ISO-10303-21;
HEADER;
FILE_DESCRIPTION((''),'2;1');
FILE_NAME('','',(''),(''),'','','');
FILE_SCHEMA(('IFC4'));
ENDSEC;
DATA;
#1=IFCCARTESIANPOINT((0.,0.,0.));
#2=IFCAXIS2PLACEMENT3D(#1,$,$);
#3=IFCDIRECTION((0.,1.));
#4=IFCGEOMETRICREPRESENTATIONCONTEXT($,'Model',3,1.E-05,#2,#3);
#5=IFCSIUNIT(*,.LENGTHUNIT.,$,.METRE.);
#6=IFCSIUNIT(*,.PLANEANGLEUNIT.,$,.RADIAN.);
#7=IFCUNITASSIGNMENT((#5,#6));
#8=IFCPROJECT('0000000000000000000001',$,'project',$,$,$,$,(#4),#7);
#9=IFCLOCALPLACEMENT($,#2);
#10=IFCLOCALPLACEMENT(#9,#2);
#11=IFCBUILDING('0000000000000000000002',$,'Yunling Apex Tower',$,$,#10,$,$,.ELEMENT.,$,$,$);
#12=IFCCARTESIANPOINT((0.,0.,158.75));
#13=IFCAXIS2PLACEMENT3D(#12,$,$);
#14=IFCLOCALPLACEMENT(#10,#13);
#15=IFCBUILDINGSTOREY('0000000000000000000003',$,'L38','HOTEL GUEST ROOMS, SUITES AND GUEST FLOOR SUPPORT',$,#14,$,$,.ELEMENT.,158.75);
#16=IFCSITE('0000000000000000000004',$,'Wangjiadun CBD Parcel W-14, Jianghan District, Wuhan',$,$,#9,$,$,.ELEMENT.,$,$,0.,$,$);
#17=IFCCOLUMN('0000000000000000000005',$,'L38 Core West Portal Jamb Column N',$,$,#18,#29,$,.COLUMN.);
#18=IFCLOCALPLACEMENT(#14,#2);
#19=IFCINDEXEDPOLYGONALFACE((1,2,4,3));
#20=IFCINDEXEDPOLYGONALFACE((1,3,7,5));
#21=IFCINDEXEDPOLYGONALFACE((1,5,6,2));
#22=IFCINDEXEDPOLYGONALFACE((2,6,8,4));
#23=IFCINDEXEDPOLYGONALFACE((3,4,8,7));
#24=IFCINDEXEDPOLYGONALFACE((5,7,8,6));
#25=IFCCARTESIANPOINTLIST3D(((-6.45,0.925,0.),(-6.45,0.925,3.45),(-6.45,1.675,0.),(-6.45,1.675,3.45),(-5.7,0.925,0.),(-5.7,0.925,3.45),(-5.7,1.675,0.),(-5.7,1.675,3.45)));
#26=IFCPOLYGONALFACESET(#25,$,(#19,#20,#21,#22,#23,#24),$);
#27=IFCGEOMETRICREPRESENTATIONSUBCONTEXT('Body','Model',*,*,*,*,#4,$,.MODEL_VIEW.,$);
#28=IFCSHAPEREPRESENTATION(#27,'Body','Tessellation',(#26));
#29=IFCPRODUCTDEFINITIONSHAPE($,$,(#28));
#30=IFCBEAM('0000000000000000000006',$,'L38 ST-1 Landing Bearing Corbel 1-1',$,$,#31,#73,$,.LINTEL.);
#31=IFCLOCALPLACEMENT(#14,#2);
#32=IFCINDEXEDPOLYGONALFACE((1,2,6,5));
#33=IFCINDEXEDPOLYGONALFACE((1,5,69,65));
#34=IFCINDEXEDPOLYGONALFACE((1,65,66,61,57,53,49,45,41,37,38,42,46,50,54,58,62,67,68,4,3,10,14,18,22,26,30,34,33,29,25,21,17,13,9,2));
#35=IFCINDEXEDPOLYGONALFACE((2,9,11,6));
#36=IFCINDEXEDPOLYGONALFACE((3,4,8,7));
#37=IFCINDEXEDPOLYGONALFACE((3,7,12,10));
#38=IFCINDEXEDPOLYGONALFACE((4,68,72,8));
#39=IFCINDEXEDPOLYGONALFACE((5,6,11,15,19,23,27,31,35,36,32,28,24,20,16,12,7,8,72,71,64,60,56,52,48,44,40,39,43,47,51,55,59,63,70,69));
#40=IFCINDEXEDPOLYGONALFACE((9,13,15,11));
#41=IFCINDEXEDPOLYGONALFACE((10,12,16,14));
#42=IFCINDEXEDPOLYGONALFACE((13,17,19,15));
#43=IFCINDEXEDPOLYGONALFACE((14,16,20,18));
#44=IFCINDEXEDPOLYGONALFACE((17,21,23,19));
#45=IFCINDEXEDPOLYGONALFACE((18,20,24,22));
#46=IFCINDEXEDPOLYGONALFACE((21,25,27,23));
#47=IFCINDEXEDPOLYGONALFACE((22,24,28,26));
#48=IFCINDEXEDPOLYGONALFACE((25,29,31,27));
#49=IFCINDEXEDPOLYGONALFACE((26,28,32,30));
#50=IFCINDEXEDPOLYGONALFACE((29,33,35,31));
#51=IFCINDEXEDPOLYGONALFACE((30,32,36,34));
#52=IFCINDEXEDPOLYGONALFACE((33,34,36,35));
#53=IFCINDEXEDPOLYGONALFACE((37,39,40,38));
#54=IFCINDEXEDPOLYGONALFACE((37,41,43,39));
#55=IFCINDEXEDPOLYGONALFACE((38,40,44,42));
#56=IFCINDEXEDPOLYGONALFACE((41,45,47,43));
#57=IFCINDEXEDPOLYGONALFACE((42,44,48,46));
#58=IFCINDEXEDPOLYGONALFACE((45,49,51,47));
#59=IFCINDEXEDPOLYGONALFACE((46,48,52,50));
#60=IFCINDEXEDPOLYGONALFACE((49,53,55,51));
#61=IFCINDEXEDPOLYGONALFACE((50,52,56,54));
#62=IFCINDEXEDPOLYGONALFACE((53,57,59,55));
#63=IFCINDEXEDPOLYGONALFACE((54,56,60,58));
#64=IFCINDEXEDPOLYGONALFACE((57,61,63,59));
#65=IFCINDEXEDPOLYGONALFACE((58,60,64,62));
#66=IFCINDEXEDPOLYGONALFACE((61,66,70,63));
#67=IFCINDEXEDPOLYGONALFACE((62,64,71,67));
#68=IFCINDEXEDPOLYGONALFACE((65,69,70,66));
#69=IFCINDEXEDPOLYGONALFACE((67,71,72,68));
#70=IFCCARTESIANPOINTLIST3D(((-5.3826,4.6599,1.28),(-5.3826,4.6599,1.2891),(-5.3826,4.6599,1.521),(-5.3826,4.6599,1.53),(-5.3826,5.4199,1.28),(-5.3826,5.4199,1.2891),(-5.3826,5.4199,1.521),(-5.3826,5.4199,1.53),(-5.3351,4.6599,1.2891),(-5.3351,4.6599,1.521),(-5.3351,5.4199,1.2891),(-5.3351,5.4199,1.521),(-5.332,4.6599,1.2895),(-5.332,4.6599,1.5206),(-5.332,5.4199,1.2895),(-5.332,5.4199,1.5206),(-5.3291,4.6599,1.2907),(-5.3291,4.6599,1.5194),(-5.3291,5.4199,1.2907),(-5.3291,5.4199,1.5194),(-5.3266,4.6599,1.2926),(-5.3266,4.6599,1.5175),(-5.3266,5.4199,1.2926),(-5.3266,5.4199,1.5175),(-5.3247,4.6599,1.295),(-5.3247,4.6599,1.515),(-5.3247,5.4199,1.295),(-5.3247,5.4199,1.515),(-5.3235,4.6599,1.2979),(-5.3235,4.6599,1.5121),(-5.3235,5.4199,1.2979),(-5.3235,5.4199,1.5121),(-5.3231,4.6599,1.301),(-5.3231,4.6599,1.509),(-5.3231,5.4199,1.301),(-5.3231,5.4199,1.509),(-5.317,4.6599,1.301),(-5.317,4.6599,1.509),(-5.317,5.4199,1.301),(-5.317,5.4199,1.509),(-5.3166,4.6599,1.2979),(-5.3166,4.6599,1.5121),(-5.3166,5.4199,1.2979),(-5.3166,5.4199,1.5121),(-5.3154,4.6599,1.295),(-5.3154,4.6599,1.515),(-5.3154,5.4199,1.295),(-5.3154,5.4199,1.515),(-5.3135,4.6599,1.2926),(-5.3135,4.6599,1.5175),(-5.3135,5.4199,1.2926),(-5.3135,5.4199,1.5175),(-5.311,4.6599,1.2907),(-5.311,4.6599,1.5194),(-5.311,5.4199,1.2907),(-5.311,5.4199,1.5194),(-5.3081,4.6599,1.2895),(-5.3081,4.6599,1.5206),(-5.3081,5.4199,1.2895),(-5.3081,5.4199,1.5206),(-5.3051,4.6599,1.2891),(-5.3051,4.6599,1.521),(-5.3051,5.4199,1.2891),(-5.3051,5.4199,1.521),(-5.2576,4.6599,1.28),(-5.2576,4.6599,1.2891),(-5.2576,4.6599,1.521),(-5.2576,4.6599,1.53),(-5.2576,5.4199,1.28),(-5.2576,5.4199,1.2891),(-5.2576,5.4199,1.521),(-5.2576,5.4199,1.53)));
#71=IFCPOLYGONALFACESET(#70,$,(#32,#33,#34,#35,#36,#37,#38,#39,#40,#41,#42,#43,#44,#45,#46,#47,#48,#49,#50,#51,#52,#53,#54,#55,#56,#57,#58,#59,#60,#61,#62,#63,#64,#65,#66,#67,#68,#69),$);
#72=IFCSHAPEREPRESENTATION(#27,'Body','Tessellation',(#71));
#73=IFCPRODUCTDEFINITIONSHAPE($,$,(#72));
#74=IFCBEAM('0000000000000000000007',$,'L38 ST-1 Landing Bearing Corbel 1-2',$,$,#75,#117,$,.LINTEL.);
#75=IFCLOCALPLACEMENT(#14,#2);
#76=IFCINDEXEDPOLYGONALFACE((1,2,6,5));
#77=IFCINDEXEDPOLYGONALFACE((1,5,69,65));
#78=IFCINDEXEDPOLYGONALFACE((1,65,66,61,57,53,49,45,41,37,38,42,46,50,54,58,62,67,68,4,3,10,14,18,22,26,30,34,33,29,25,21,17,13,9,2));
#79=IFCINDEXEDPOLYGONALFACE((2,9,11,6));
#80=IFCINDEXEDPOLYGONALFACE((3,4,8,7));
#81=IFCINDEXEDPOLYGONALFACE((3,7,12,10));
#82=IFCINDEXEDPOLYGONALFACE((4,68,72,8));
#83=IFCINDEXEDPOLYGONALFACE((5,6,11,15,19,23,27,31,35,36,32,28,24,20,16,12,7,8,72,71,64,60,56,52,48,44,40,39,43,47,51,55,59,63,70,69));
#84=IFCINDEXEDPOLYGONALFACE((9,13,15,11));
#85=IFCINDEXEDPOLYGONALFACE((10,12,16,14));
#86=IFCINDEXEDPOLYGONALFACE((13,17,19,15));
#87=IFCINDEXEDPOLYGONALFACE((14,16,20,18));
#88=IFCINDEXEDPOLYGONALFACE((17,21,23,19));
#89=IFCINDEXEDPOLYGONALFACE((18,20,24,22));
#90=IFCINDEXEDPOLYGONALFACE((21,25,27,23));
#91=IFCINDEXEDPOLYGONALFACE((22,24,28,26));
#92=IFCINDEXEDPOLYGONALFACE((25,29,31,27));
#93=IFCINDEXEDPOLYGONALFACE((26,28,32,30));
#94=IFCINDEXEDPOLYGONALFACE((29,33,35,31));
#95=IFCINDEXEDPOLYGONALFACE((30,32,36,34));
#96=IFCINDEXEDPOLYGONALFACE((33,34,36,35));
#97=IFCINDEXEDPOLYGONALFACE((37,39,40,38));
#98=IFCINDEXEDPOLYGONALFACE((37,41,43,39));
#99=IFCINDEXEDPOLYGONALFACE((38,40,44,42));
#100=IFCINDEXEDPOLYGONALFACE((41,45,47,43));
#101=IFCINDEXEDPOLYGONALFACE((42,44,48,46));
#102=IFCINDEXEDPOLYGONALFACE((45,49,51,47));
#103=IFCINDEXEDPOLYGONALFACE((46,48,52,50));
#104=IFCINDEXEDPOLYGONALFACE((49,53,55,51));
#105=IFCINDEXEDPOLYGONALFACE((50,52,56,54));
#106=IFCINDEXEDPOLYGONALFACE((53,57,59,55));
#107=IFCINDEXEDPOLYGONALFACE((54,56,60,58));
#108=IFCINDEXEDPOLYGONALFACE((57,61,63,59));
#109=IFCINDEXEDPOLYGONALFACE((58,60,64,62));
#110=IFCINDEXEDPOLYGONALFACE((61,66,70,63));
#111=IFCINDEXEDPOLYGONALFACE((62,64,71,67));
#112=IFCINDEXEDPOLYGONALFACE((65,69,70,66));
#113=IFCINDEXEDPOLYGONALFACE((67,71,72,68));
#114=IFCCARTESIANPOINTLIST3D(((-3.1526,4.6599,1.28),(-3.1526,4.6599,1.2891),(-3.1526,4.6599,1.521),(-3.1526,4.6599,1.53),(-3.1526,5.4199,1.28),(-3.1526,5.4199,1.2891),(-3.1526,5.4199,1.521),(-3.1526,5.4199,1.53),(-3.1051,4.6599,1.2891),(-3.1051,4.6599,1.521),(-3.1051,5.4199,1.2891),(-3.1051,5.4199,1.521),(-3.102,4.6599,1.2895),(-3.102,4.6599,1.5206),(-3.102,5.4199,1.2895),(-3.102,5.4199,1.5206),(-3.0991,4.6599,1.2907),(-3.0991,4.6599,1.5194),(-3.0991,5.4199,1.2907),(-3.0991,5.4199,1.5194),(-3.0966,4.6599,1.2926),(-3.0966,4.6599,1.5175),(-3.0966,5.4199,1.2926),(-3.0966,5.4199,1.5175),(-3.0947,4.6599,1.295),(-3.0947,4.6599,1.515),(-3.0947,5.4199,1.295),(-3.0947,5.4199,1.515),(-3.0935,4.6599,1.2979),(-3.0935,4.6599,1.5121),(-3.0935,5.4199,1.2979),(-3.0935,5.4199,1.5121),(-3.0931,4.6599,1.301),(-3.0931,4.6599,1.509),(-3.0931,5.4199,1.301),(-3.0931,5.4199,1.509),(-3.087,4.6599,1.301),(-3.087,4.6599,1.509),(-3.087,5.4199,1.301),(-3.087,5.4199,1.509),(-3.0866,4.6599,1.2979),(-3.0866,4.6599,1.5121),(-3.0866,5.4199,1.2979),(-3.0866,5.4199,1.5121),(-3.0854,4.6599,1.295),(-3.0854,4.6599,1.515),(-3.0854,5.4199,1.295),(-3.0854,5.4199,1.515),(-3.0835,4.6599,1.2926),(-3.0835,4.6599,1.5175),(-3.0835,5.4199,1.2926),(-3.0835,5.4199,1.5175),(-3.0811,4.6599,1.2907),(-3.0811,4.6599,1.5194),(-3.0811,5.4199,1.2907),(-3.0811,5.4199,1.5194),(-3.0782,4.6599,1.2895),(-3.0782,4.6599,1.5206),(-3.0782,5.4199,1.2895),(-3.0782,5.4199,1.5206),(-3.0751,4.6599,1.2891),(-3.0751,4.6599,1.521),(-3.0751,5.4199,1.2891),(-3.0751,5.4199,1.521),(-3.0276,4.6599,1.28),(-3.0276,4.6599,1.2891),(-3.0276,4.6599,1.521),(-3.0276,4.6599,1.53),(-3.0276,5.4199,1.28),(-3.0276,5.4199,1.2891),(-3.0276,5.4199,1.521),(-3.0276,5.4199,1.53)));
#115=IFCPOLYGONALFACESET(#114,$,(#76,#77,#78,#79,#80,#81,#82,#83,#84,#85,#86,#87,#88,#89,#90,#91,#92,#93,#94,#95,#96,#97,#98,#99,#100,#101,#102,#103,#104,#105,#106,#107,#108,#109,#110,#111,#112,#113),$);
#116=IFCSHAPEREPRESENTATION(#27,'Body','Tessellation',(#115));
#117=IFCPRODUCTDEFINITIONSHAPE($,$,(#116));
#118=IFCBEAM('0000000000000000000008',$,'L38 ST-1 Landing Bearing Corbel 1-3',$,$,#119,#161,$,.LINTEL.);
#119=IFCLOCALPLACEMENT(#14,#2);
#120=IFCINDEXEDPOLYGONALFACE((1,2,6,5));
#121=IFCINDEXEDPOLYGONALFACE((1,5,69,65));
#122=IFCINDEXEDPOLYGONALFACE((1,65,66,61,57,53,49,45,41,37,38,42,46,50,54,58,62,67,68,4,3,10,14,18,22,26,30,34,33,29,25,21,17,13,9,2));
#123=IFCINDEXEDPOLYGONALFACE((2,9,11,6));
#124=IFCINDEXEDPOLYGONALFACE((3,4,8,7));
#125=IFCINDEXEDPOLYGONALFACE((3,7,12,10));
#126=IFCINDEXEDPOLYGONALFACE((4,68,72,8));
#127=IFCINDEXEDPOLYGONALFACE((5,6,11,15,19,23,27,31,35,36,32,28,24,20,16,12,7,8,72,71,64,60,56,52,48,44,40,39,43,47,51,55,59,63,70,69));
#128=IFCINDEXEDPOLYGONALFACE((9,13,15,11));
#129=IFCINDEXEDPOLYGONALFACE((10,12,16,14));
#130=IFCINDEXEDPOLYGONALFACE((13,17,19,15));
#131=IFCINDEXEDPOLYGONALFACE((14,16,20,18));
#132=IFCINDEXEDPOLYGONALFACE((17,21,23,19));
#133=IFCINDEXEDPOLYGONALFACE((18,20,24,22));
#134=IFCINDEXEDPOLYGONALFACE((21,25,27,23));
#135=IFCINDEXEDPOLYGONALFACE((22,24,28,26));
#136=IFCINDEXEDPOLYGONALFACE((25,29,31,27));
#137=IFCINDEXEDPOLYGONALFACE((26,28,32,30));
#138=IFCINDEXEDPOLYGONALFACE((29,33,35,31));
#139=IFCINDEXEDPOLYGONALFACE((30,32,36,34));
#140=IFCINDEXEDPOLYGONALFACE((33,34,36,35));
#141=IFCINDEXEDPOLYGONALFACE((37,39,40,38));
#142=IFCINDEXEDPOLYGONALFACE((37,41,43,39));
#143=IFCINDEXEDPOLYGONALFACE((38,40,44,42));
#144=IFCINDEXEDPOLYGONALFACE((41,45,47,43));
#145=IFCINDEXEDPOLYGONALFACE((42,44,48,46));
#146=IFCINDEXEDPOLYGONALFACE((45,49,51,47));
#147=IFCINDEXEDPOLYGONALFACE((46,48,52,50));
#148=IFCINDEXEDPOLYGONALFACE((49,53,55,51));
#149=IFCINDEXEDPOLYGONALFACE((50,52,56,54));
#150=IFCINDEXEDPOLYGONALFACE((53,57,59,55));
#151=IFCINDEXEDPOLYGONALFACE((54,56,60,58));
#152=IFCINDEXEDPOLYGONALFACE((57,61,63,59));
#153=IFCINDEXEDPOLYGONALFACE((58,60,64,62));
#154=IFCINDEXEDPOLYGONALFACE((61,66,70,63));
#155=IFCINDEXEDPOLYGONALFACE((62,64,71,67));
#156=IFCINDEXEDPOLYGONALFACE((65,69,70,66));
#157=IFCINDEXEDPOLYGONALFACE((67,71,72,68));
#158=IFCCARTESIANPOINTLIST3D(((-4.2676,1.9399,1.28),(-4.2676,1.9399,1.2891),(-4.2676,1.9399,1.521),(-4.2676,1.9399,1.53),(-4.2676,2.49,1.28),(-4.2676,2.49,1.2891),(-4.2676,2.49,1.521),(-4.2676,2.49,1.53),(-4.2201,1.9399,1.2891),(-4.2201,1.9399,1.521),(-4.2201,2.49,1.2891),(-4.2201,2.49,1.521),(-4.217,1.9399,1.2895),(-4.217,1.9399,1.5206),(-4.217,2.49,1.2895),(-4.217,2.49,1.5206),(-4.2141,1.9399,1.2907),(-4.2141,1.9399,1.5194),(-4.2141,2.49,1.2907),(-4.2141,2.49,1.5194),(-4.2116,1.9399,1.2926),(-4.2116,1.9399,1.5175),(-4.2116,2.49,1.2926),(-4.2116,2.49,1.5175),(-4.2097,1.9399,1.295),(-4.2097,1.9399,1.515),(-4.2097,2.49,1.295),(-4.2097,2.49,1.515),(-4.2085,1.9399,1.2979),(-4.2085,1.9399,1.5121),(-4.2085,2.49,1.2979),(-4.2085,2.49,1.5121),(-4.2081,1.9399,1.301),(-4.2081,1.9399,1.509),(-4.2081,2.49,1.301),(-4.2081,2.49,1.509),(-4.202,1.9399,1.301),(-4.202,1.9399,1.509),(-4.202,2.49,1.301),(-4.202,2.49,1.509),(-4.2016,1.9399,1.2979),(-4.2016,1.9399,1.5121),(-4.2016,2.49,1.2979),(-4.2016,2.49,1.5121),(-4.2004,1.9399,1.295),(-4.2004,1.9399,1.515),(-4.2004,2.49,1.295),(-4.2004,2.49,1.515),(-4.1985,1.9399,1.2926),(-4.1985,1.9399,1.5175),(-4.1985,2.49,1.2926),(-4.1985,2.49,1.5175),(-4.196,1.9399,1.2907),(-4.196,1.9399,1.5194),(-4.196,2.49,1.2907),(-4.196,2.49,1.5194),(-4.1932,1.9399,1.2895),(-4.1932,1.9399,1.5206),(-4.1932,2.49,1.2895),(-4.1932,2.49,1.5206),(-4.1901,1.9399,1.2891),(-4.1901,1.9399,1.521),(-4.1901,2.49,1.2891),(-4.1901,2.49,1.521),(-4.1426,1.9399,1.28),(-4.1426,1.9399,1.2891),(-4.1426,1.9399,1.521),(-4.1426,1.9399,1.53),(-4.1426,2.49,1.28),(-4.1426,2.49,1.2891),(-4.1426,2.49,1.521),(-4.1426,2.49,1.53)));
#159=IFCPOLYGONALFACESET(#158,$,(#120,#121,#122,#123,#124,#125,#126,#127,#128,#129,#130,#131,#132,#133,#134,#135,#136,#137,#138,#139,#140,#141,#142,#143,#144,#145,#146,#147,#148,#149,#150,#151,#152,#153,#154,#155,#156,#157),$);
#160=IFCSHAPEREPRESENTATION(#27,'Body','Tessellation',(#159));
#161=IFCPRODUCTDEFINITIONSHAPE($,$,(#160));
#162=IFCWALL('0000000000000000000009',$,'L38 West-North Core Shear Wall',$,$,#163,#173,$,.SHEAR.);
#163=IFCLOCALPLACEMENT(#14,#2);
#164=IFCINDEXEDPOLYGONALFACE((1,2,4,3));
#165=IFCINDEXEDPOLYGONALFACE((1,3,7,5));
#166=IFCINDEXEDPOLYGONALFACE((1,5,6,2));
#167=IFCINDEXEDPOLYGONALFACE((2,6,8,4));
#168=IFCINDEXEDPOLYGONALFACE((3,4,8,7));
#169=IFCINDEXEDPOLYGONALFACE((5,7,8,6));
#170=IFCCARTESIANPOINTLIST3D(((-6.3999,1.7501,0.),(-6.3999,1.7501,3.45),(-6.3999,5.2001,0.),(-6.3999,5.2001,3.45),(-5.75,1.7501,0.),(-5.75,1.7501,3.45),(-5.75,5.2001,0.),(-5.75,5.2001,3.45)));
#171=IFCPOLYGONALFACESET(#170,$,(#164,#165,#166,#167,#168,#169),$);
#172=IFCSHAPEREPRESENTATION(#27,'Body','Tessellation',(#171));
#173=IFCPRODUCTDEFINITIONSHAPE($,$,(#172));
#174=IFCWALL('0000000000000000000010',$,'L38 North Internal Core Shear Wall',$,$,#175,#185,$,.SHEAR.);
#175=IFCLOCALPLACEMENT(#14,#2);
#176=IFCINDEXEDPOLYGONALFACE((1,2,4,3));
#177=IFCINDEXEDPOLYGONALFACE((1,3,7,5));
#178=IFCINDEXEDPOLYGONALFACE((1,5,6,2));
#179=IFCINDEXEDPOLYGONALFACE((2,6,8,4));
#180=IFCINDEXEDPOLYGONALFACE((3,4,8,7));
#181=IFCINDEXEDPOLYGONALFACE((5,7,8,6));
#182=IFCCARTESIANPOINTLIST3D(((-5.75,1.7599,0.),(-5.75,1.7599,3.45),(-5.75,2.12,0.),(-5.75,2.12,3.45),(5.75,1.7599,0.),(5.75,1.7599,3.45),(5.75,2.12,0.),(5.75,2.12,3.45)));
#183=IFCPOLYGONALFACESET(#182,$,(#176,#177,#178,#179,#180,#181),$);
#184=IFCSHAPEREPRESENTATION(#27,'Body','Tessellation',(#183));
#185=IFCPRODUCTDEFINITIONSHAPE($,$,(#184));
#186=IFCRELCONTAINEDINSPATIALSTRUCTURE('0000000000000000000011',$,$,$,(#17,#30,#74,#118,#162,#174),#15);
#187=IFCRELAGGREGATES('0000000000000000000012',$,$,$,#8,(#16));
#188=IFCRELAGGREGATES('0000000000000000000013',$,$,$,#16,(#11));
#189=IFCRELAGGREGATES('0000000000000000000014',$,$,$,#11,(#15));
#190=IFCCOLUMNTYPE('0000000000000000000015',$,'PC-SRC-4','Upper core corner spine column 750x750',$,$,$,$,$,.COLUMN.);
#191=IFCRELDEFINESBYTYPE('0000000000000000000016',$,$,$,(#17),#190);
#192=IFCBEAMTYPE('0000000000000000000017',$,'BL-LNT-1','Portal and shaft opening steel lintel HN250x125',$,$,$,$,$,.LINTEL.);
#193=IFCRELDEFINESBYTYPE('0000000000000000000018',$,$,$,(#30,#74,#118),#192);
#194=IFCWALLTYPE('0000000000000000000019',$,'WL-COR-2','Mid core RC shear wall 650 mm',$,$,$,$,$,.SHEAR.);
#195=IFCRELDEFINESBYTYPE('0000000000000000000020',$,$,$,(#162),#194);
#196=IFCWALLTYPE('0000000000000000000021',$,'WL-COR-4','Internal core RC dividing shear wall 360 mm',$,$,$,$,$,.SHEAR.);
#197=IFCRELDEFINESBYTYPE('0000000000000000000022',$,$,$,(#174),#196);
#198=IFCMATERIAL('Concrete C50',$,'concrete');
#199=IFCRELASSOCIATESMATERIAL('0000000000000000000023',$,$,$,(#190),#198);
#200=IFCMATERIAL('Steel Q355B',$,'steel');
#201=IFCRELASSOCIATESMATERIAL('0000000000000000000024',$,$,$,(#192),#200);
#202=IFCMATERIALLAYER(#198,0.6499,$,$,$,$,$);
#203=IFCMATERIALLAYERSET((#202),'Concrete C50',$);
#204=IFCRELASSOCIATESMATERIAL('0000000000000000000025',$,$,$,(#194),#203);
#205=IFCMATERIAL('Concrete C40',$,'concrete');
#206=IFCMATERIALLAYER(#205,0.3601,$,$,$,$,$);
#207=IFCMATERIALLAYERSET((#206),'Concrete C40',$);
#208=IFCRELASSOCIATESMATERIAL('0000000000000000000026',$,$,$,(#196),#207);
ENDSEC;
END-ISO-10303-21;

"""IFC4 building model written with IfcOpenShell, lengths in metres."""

from ifc_helpers import new_model, si_unit, direction, frame, frame_2d, origin, origin_2d, place, context, subcontext, project, spatial, rectangle, i_section, extrude, source, transform, mapped, material, layer, layer_set, material_profile, profile_set, type_object, element, save


model = new_model("IFC4")

# Units and contexts
model_context = context("Model", 3, precision=1e-05, world=origin(), true_north=direction((0.0, 1.0)))
body_context = subcontext(model_context, "Body", "Model", "MODEL_VIEW")
ifc_project = project(units=[si_unit("LENGTHUNIT", "METRE"), si_unit("PLANEANGLEUNIT", "RADIAN")], contexts=[model_context])

# Site, building, storey
site_placement = place(None, origin())
site = spatial("IfcSite", under=ifc_project, at=site_placement, Name="Wangjiadun CBD Parcel W-14, Jianghan District, Wuhan", CompositionType="ELEMENT", RefElevation=0.0)
building_placement = place(site_placement, origin())
building = spatial("IfcBuilding", under=site, at=building_placement, Name="Yunling Apex Tower", CompositionType="ELEMENT")
storey_placement = place(building_placement, frame((0.0, 0.0, 158.75)))
storey = spatial("IfcBuildingStorey", under=building, at=storey_placement, Name="L38", Description="HOTEL GUEST ROOMS, SUITES AND GUEST FLOOR SUPPORT", CompositionType="ELEMENT", Elevation=158.75)

# Column
ifc_material_1 = material(Name="Concrete C50", Category="concrete")
ifc_material_profile_1 = material_profile(ifc_material_1, rectangle(XDim=0.75, YDim=0.75, at=origin_2d()))
ifc_profile_set_1 = profile_set([ifc_material_profile_1], Name="Concrete C50")
column_type = type_object("IfcColumnType", Name="PC-SRC-4", Description="Upper core corner spine column 750x750", PredefinedType="COLUMN", material=ifc_profile_set_1)
shared_shape_1 = source(origin(), body_context, "Body", "SweptSolid", [
    extrude(rectangle(XDim=0.75, YDim=0.75, at=origin_2d()), origin(), (0.0, 0.0, 1.0), 3.45),
])
column_placement = place(storey_placement, frame((-6.075, 1.3, 0.0), z_axis=(0.0, 0.0, 1.0), x_axis=(1.0, 0.0, 0.0)))
element("IfcColumn", 1, at=column_placement, inside=storey, type_object=column_type, Name="L38 Core West Portal Jamb Column N", PredefinedType="COLUMN", context=body_context, shape_type="MappedRepresentation", body=[
    mapped(shared_shape_1, transform((0.0, 0.0, 0.0), scale=1.0)),
])

# Beams
ifc_material_2 = material(Name="Steel Q355B", Category="steel")
ifc_material_profile_2 = material_profile(ifc_material_2, i_section(OverallWidth=0.125, OverallDepth=0.25, WebThickness=0.0061, FlangeThickness=0.009, FilletRadius=0.012, at=origin_2d()))
ifc_profile_set_2 = profile_set([ifc_material_profile_2], Name="Steel Q355B")
beam_type = type_object("IfcBeamType", Name="BL-LNT-1", Description="Portal and shaft opening steel lintel HN250x125", PredefinedType="LINTEL", material=ifc_profile_set_2)
shared_shape_2 = source(origin(), body_context, "Body", "SweptSolid", [
    extrude(i_section(OverallWidth=0.125, OverallDepth=0.25, WebThickness=0.0061, FlangeThickness=0.009, FilletRadius=0.012, at=origin_2d()), origin(), (0.0, 0.0, 1.0), 0.76),
])
for number, where, z_axis, x_axis, name in (
    (2, (-5.3201, 5.4199, 1.405), (0.0, -1.0, 0.0), (1.0, 0.0, 0.0), "L38 ST-1 Landing Bearing Corbel 1-1"),
    (3, (-3.0901, 5.4199, 1.405), (0.0, -1.0, 0.0), (1.0, 0.0, 0.0), "L38 ST-1 Landing Bearing Corbel 1-2"),
):
    element("IfcBeam", number, at=place(storey_placement, frame(where, z_axis=z_axis, x_axis=x_axis)), inside=storey, type_object=beam_type, Name=name, PredefinedType="LINTEL", context=body_context, shape_type="MappedRepresentation", body=[
        mapped(shared_shape_2, transform((0.0, 0.0, 0.0), scale=1.0)),
    ])
shared_shape_3 = source(origin(), body_context, "Body", "SweptSolid", [
    extrude(i_section(OverallWidth=0.125, OverallDepth=0.25, WebThickness=0.0061, FlangeThickness=0.009, FilletRadius=0.012, at=origin_2d()), origin(), (0.0, 0.0, 1.0), 0.55),
])
beam_placement = place(storey_placement, frame((-4.2051, 1.9399, 1.405), z_axis=(0.0, 1.0, 0.0), x_axis=(-1.0, 0.0, 0.0)))
element("IfcBeam", 4, at=beam_placement, inside=storey, type_object=beam_type, Name="L38 ST-1 Landing Bearing Corbel 1-3", PredefinedType="LINTEL", context=body_context, shape_type="MappedRepresentation", body=[
    mapped(shared_shape_3, transform((0.0, 0.0, 0.0), scale=1.0)),
])

# Walls
ifc_layer_1 = layer(ifc_material_1, 0.6499)
ifc_layer_set_1 = layer_set([ifc_layer_1], Name="Concrete C50")
wall_type_1 = type_object("IfcWallType", Name="WL-COR-2", Description="Mid core RC shear wall 650 mm", PredefinedType="SHEAR", material=ifc_layer_set_1)
wall_1_placement = place(storey_placement, frame((-6.075, 1.75, 0.0), z_axis=(0.0, 0.0, 1.0), x_axis=(0.0, 1.0, 0.0)))
element("IfcWall", 5, at=wall_1_placement, inside=storey, type_object=wall_type_1, Name="L38 West-North Core Shear Wall", PredefinedType="SHEAR", context=body_context, shape_type="SweptSolid", body=[
    extrude(rectangle(XDim=3.45, YDim=0.6499, at=frame_2d((1.7251, 0.0))), origin(), (0.0, 0.0, 1.0), 3.45),
])
ifc_material_3 = material(Name="Concrete C40", Category="concrete")
ifc_layer_2 = layer(ifc_material_3, 0.3601)
ifc_layer_set_2 = layer_set([ifc_layer_2], Name="Concrete C40")
wall_type_2 = type_object("IfcWallType", Name="WL-COR-4", Description="Internal core RC dividing shear wall 360 mm", PredefinedType="SHEAR", material=ifc_layer_set_2)
wall_2_placement = place(storey_placement, frame((-5.75, 1.9399, 0.0), z_axis=(0.0, 0.0, 1.0), x_axis=(1.0, 0.0, 0.0)))
element("IfcWall", 6, at=wall_2_placement, inside=storey, type_object=wall_type_2, Name="L38 North Internal Core Shear Wall", PredefinedType="SHEAR", context=body_context, shape_type="SweptSolid", body=[
    extrude(rectangle(XDim=11.5, YDim=0.3601, at=frame_2d((5.75, 0.0))), origin(), (0.0, 0.0, 1.0), 3.45),
])

save(model, "model.ifc")
